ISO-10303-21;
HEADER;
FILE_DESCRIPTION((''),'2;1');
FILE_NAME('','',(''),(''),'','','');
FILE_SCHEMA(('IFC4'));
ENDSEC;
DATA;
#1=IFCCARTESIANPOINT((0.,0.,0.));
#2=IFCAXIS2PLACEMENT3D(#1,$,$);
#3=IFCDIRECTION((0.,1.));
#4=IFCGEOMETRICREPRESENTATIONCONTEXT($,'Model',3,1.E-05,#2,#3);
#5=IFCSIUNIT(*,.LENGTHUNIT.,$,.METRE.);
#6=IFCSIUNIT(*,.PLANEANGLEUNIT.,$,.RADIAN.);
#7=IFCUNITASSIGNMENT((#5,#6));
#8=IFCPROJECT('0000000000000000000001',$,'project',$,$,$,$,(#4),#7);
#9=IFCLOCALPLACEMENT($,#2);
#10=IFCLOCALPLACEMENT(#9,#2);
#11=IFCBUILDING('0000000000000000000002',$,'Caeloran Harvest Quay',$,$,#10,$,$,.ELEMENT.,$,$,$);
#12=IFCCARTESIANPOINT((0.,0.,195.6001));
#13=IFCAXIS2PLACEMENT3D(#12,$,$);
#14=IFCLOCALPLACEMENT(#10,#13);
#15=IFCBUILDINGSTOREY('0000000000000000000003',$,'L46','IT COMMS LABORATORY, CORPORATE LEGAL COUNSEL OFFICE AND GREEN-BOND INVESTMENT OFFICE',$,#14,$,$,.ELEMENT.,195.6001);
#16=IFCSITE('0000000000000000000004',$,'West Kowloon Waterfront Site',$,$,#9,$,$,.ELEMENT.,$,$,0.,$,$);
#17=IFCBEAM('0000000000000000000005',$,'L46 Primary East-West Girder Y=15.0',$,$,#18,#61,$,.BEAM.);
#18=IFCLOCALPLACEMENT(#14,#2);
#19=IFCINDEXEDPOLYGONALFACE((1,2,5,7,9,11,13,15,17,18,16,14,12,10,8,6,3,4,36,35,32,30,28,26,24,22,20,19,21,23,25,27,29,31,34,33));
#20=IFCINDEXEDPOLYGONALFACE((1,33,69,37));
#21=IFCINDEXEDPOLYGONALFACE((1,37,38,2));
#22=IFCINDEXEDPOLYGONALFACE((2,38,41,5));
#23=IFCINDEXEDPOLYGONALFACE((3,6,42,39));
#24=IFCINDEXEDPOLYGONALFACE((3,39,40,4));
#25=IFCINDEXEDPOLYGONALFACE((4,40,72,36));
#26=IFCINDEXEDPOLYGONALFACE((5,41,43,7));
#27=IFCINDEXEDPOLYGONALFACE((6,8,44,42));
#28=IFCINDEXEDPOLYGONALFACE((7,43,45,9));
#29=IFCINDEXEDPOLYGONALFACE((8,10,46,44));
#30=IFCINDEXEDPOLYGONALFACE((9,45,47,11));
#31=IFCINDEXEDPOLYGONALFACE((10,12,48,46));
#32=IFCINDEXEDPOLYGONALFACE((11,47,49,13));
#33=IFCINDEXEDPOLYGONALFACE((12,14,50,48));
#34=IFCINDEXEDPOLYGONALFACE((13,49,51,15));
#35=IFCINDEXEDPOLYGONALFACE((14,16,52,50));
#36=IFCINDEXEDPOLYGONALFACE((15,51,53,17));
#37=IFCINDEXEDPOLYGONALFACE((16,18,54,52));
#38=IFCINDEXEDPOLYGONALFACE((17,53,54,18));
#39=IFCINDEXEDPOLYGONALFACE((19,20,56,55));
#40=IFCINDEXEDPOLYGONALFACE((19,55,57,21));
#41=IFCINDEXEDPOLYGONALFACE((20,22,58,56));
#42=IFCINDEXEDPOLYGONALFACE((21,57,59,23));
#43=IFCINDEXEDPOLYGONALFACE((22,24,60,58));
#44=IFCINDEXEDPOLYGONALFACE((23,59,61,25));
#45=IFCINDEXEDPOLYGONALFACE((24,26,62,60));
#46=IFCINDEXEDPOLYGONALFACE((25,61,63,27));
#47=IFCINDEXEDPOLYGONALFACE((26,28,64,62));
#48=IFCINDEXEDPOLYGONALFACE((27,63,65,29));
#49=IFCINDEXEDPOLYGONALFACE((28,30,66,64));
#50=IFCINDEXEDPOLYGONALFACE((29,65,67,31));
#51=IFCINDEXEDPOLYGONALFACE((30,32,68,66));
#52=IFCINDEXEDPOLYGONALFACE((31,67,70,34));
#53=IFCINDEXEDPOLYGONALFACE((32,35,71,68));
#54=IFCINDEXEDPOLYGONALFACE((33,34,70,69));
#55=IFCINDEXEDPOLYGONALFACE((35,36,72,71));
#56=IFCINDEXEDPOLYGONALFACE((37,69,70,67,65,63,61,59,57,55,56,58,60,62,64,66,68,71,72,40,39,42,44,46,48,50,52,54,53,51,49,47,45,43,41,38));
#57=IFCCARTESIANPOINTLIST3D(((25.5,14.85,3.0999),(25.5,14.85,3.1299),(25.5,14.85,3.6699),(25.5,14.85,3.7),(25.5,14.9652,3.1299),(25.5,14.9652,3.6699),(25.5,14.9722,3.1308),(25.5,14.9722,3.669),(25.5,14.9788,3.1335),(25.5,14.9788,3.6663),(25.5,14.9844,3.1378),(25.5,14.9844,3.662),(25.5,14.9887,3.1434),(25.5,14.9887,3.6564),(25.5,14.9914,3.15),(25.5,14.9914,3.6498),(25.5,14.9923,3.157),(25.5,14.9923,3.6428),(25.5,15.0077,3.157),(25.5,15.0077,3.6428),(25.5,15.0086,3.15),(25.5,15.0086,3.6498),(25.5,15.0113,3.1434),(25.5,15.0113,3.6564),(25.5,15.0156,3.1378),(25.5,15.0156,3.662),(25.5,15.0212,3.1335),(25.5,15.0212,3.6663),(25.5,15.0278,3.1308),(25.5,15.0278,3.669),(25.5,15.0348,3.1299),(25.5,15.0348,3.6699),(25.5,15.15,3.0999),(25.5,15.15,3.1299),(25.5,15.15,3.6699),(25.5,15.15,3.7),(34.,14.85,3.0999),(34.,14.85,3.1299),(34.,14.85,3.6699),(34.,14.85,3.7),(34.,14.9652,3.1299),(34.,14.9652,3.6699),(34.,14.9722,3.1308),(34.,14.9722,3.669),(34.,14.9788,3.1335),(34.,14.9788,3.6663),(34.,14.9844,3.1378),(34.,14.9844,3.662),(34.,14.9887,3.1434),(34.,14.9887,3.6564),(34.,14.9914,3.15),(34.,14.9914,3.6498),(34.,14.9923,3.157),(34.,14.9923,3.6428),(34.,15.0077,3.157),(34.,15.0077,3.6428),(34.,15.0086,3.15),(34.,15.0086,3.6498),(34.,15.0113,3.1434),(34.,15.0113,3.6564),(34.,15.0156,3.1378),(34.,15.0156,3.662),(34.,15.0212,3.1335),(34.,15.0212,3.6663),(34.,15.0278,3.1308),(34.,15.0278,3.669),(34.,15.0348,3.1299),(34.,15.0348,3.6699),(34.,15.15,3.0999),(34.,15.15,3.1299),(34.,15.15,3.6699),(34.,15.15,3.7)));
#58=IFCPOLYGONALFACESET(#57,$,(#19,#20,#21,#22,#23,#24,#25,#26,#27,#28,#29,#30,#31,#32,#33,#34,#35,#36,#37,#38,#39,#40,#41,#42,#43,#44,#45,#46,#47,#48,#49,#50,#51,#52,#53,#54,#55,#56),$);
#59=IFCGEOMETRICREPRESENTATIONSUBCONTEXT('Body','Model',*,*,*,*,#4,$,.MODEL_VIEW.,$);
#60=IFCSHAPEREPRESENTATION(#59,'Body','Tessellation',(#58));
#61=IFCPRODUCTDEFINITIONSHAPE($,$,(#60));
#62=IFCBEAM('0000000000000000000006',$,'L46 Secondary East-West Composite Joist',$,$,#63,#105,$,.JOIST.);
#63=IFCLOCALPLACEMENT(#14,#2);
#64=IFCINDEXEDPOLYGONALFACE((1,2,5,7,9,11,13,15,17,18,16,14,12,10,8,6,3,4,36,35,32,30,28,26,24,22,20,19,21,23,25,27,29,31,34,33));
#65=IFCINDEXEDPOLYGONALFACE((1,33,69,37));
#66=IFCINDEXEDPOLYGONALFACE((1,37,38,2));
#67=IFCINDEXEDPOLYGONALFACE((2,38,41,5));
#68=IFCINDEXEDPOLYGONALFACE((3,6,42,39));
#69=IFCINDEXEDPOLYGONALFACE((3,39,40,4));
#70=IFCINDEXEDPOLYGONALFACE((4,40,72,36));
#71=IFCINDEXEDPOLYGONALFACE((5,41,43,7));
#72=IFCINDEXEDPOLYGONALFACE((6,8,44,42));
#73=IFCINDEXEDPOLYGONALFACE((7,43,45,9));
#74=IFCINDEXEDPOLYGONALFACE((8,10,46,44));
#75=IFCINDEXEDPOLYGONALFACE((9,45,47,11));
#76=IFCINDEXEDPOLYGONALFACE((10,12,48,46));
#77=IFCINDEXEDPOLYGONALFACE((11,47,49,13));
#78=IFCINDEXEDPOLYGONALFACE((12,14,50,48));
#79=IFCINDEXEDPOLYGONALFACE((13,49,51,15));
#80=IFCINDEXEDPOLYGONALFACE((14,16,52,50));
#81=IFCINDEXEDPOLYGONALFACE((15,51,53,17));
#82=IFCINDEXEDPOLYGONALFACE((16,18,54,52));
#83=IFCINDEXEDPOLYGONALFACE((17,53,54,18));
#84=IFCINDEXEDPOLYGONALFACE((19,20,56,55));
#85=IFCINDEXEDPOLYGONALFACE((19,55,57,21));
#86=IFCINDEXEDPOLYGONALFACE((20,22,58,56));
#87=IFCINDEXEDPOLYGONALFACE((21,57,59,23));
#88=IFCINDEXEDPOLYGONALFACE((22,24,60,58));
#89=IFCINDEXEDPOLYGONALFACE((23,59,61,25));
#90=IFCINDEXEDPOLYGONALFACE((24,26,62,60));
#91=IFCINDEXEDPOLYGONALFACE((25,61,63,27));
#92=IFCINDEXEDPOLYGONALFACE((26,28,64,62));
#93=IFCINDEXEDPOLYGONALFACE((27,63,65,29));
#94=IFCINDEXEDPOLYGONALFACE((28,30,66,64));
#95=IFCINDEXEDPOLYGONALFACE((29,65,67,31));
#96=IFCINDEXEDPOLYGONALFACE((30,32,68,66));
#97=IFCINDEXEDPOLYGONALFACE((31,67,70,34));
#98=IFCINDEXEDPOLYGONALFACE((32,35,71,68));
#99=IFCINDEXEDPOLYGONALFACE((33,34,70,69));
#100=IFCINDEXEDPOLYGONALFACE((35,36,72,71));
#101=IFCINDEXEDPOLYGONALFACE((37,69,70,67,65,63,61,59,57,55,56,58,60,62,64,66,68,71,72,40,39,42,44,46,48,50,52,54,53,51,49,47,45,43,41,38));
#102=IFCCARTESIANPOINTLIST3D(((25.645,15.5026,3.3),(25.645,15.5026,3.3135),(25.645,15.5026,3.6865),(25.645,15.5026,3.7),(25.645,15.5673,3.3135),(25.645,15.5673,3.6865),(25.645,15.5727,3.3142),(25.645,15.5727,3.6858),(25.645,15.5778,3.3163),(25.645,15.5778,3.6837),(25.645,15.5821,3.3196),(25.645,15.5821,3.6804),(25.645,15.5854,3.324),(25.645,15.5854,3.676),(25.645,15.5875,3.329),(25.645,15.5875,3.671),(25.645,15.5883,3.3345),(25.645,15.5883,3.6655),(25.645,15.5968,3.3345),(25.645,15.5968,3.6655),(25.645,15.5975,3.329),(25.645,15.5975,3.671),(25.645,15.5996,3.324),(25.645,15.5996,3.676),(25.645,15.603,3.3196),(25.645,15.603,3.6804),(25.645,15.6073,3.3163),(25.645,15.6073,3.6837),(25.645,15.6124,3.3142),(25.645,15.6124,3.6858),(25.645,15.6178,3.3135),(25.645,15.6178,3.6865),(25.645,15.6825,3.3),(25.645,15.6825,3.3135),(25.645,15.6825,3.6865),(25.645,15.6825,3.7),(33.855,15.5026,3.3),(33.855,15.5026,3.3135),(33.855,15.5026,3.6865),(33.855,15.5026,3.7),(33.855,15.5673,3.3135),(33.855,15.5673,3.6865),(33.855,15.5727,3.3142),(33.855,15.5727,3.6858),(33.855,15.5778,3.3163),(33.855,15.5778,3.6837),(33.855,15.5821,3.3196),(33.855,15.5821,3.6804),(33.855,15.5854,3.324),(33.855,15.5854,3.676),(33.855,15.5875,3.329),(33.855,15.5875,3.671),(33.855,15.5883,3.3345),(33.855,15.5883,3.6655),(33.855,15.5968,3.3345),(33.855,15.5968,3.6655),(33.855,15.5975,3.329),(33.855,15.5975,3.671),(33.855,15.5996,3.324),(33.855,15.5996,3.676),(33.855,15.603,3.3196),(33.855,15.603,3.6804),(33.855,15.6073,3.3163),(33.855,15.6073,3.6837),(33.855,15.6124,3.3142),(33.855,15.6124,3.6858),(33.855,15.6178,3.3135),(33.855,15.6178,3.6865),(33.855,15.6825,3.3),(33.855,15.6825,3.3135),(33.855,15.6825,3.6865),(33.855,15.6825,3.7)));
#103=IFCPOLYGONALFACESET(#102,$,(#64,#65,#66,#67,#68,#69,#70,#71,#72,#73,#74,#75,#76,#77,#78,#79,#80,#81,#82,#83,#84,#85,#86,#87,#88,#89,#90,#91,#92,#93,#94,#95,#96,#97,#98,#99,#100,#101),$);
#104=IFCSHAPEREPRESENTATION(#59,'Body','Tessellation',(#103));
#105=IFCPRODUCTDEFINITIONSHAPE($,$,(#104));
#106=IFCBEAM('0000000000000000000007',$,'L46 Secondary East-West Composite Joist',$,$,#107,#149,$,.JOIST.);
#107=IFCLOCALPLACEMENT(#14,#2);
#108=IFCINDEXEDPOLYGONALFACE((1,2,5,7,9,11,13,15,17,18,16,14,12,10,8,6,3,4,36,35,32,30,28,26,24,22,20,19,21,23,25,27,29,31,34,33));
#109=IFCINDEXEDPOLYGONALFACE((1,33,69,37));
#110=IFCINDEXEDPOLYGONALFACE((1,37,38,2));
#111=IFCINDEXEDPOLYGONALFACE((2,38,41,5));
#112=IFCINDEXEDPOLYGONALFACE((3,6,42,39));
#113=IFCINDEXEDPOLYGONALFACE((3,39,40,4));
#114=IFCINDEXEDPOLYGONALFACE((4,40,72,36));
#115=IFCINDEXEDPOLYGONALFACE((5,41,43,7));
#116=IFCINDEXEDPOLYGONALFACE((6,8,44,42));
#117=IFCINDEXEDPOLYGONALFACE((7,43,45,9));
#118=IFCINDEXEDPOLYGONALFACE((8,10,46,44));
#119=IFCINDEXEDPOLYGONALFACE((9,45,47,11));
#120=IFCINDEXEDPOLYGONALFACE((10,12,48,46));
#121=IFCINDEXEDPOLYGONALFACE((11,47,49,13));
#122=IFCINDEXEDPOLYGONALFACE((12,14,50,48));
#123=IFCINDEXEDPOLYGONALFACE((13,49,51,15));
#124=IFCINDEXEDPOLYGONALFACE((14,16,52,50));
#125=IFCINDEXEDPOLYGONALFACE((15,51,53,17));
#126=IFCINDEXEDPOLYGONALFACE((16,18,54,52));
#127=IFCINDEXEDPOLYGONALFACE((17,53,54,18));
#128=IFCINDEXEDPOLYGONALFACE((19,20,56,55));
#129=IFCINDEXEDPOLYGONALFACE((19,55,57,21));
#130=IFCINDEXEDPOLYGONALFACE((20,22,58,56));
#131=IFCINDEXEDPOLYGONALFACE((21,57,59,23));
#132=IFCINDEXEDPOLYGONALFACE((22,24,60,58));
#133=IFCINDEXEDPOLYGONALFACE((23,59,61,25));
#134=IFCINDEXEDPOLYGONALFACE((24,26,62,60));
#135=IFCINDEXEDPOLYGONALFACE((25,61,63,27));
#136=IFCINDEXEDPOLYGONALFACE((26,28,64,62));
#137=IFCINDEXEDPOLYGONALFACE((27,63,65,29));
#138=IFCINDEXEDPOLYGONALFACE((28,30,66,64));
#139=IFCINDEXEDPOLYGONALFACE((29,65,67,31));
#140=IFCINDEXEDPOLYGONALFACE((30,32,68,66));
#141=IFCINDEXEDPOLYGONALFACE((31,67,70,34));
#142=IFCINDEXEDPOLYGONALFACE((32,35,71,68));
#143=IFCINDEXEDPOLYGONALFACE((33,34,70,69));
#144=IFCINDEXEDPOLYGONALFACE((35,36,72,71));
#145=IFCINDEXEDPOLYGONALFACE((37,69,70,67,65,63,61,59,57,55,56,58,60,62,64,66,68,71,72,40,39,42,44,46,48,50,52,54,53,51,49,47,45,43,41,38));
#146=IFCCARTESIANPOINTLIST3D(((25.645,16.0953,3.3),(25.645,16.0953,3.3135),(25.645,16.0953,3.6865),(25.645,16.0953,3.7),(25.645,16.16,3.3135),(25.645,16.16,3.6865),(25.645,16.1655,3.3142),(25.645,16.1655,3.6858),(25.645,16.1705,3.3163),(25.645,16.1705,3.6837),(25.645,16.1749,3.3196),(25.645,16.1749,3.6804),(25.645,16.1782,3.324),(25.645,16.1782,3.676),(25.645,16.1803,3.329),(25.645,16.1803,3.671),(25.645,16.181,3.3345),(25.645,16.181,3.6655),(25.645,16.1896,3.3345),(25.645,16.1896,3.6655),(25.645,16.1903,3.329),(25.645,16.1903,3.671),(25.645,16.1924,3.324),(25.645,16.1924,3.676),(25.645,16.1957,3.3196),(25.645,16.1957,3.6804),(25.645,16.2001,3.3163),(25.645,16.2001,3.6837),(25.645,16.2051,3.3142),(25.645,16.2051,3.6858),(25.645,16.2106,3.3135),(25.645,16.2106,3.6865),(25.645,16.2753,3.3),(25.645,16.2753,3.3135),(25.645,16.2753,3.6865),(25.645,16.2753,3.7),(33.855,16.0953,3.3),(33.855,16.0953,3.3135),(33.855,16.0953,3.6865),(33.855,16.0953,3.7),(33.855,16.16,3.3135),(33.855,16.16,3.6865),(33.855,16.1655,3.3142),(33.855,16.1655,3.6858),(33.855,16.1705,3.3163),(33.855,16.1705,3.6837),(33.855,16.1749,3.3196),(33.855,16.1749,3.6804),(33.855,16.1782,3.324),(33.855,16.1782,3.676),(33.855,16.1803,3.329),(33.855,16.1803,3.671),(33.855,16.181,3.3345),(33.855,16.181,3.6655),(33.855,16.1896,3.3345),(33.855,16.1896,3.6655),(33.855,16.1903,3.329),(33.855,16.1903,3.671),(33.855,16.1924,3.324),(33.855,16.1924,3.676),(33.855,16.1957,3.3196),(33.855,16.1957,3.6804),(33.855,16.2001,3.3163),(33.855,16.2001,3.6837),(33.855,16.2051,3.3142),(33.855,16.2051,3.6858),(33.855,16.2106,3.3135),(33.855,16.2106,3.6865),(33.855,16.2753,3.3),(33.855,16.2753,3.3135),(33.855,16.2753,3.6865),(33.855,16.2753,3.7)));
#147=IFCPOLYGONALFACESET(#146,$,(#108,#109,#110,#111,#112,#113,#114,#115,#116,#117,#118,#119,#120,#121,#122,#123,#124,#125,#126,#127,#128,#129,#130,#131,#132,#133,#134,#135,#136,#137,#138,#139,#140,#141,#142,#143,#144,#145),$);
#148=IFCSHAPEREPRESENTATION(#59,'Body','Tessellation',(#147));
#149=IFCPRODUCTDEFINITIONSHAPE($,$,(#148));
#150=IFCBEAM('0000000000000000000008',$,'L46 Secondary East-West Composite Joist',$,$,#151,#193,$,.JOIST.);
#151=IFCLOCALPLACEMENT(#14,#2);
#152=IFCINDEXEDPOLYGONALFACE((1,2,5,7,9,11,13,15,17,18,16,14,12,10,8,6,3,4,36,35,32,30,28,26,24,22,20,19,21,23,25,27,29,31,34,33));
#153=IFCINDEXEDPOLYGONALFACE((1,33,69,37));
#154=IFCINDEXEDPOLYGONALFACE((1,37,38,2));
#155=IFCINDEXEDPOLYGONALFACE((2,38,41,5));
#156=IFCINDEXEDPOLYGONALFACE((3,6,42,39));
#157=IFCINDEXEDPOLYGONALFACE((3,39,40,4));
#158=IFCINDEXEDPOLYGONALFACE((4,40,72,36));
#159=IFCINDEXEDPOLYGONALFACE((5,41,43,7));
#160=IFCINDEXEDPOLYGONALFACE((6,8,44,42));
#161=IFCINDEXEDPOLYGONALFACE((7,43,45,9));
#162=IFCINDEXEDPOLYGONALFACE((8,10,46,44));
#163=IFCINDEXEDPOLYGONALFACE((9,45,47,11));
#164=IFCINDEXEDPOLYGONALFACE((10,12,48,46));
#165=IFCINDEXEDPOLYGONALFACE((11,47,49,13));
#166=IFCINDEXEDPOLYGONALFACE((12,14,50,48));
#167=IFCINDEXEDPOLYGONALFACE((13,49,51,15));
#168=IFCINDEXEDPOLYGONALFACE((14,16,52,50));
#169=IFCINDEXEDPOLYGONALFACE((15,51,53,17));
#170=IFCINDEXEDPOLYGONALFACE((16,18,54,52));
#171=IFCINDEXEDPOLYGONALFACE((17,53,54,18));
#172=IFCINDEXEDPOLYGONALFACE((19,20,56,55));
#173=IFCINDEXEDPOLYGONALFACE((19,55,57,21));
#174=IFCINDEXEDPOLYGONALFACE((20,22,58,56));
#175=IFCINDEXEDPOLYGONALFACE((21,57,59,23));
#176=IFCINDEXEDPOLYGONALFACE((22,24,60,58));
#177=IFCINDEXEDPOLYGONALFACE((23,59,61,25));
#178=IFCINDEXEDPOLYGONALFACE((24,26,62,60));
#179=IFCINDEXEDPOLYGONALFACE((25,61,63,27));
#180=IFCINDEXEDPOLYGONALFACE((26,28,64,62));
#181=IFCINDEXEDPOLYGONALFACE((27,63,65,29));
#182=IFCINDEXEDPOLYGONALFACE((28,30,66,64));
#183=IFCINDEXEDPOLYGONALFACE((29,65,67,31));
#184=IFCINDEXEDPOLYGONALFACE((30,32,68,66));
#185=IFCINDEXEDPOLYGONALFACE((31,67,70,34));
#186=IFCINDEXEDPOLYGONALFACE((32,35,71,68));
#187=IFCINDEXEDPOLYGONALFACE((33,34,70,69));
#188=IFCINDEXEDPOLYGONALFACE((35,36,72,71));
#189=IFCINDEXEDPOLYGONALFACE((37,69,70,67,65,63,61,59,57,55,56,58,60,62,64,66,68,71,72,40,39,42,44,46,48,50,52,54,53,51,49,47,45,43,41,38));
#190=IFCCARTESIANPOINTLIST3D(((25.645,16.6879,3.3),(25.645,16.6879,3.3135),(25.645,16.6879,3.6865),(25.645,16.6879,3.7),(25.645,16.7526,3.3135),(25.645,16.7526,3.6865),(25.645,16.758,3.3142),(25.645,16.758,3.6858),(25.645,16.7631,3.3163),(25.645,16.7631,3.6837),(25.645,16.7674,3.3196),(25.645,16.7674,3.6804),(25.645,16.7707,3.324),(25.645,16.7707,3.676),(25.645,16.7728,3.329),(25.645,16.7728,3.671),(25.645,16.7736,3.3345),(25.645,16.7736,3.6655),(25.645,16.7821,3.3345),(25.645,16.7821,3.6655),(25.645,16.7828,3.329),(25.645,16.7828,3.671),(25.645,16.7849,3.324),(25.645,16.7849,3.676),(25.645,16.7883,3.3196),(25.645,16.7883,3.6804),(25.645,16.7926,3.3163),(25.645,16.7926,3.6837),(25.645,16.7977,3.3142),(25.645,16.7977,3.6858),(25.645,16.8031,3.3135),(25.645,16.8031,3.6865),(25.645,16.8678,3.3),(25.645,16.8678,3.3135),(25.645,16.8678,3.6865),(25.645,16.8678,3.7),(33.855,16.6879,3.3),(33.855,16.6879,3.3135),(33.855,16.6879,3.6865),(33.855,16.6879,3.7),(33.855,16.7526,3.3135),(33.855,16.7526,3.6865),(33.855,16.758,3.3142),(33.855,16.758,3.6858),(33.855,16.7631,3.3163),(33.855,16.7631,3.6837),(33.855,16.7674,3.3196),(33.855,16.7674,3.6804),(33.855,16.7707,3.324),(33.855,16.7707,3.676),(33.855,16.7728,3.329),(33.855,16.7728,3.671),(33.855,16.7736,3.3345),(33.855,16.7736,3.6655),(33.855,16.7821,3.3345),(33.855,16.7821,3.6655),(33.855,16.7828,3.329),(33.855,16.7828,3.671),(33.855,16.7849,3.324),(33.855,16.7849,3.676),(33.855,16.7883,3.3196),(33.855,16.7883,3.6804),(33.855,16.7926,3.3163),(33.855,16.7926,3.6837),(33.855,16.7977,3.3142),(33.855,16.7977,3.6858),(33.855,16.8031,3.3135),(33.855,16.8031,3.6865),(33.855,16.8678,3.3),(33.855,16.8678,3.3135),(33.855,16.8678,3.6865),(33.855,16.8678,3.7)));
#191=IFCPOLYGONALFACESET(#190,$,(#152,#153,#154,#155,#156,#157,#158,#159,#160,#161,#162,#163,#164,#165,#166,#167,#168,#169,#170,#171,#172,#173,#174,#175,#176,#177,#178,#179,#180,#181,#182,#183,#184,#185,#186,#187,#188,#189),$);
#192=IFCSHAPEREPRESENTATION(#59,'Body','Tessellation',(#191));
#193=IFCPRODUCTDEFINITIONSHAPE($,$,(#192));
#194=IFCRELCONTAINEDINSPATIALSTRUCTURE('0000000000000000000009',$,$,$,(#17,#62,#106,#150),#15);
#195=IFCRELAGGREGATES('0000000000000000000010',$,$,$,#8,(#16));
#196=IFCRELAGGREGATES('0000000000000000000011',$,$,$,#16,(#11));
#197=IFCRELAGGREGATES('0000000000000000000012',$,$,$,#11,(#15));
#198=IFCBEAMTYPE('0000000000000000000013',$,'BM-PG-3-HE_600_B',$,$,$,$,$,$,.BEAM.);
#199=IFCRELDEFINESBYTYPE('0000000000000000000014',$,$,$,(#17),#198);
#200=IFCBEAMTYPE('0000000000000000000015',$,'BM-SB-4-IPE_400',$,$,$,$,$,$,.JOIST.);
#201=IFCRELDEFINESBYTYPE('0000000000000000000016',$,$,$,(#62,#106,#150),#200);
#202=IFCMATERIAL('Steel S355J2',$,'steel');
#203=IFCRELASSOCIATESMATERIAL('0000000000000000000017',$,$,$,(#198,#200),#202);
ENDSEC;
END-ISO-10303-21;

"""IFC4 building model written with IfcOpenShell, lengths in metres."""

from ifc_helpers import new_model, si_unit, direction, frame, origin, origin_2d, place, context, subcontext, project, spatial, i_section, extrude, material, material_profile, profile_set, type_object, element, save


model = new_model("IFC4")

# Units and contexts
model_context = context("Model", 3, precision=1e-05, world=origin(), true_north=direction((0.0, 1.0)))
body_context = subcontext(model_context, "Body", "Model", "MODEL_VIEW")
ifc_project = project(units=[si_unit("LENGTHUNIT", "METRE"), si_unit("PLANEANGLEUNIT", "RADIAN")], contexts=[model_context])

# Site, building, storey
site_placement = place(None, origin())
site = spatial("IfcSite", under=ifc_project, at=site_placement, Name="West Kowloon Waterfront Site", CompositionType="ELEMENT", RefElevation=0.0)
building_placement = place(site_placement, origin())
building = spatial("IfcBuilding", under=site, at=building_placement, Name="Caeloran Harvest Quay", CompositionType="ELEMENT")
storey_placement = place(building_placement, frame((0.0, 0.0, 195.6001)))
storey = spatial("IfcBuildingStorey", under=building, at=storey_placement, Name="L46", Description="IT COMMS LABORATORY, CORPORATE LEGAL COUNSEL OFFICE AND GREEN-BOND INVESTMENT OFFICE", CompositionType="ELEMENT", Elevation=195.6001)

# Beams
ifc_material_1 = material(Name="Steel S355J2", Category="steel")
ifc_material_profile_1 = material_profile(ifc_material_1, i_section(OverallWidth=0.3, OverallDepth=0.6001, WebThickness=0.0154, FlangeThickness=0.03, FilletRadius=0.0271, at=origin_2d()), Name="HE 600 B")
ifc_profile_set_1 = profile_set([ifc_material_profile_1], Name="Steel S355J2")
beam_type_1 = type_object("IfcBeamType", Name="BM-PG-3-HE_600_B", PredefinedType="BEAM", material=ifc_profile_set_1)
beam_placement = place(storey_placement, frame((25.5, 15.0, 3.3999), z_axis=(1.0, 0.0, 0.0), x_axis=(0.0, 1.0, 0.0)))
element("IfcBeam", 1, at=beam_placement, inside=storey, type_object=beam_type_1, Name="L46 Primary East-West Girder Y=15.0", PredefinedType="BEAM", context=body_context, shape_type="SweptSolid", body=[
    extrude(i_section(OverallWidth=0.3, OverallDepth=0.6001, WebThickness=0.0154, FlangeThickness=0.03, FilletRadius=0.0271, at=origin_2d()), origin(), (0.0, 0.0, 1.0), 8.5),
])
ifc_material_profile_2 = material_profile(ifc_material_1, i_section(OverallWidth=0.1799, OverallDepth=0.3999, WebThickness=0.0085, FlangeThickness=0.0134, FilletRadius=0.021, at=origin_2d()), Name="IPE 400")
ifc_profile_set_2 = profile_set([ifc_material_profile_2], Name="Steel S355J2")
beam_type_2 = type_object("IfcBeamType", Name="BM-SB-4-IPE_400", PredefinedType="JOIST", material=ifc_profile_set_2)
for number, where, z_axis, x_axis, name in (
    (2, (25.645, 15.5925, 3.5), (1.0, 0.0, 0.0), (0.0, 1.0, 0.0), "L46 Secondary East-West Composite Joist"),
    (3, (25.645, 16.1853, 3.5), (1.0, 0.0, 0.0), (0.0, 1.0, 0.0), "L46 Secondary East-West Composite Joist"),
    (4, (25.645, 16.7778, 3.5), (1.0, 0.0, 0.0), (0.0, 1.0, 0.0), "L46 Secondary East-West Composite Joist"),
):
    element("IfcBeam", number, at=place(storey_placement, frame(where, z_axis=z_axis, x_axis=x_axis)), inside=storey, type_object=beam_type_2, Name=name, PredefinedType="JOIST", context=body_context, shape_type="SweptSolid", body=[
        extrude(i_section(OverallWidth=0.1799, OverallDepth=0.3999, WebThickness=0.0085, FlangeThickness=0.0134, FilletRadius=0.021, at=origin_2d()), origin(), (0.0, 0.0, 1.0), 8.21),
    ])

save(model, "model.ifc")
